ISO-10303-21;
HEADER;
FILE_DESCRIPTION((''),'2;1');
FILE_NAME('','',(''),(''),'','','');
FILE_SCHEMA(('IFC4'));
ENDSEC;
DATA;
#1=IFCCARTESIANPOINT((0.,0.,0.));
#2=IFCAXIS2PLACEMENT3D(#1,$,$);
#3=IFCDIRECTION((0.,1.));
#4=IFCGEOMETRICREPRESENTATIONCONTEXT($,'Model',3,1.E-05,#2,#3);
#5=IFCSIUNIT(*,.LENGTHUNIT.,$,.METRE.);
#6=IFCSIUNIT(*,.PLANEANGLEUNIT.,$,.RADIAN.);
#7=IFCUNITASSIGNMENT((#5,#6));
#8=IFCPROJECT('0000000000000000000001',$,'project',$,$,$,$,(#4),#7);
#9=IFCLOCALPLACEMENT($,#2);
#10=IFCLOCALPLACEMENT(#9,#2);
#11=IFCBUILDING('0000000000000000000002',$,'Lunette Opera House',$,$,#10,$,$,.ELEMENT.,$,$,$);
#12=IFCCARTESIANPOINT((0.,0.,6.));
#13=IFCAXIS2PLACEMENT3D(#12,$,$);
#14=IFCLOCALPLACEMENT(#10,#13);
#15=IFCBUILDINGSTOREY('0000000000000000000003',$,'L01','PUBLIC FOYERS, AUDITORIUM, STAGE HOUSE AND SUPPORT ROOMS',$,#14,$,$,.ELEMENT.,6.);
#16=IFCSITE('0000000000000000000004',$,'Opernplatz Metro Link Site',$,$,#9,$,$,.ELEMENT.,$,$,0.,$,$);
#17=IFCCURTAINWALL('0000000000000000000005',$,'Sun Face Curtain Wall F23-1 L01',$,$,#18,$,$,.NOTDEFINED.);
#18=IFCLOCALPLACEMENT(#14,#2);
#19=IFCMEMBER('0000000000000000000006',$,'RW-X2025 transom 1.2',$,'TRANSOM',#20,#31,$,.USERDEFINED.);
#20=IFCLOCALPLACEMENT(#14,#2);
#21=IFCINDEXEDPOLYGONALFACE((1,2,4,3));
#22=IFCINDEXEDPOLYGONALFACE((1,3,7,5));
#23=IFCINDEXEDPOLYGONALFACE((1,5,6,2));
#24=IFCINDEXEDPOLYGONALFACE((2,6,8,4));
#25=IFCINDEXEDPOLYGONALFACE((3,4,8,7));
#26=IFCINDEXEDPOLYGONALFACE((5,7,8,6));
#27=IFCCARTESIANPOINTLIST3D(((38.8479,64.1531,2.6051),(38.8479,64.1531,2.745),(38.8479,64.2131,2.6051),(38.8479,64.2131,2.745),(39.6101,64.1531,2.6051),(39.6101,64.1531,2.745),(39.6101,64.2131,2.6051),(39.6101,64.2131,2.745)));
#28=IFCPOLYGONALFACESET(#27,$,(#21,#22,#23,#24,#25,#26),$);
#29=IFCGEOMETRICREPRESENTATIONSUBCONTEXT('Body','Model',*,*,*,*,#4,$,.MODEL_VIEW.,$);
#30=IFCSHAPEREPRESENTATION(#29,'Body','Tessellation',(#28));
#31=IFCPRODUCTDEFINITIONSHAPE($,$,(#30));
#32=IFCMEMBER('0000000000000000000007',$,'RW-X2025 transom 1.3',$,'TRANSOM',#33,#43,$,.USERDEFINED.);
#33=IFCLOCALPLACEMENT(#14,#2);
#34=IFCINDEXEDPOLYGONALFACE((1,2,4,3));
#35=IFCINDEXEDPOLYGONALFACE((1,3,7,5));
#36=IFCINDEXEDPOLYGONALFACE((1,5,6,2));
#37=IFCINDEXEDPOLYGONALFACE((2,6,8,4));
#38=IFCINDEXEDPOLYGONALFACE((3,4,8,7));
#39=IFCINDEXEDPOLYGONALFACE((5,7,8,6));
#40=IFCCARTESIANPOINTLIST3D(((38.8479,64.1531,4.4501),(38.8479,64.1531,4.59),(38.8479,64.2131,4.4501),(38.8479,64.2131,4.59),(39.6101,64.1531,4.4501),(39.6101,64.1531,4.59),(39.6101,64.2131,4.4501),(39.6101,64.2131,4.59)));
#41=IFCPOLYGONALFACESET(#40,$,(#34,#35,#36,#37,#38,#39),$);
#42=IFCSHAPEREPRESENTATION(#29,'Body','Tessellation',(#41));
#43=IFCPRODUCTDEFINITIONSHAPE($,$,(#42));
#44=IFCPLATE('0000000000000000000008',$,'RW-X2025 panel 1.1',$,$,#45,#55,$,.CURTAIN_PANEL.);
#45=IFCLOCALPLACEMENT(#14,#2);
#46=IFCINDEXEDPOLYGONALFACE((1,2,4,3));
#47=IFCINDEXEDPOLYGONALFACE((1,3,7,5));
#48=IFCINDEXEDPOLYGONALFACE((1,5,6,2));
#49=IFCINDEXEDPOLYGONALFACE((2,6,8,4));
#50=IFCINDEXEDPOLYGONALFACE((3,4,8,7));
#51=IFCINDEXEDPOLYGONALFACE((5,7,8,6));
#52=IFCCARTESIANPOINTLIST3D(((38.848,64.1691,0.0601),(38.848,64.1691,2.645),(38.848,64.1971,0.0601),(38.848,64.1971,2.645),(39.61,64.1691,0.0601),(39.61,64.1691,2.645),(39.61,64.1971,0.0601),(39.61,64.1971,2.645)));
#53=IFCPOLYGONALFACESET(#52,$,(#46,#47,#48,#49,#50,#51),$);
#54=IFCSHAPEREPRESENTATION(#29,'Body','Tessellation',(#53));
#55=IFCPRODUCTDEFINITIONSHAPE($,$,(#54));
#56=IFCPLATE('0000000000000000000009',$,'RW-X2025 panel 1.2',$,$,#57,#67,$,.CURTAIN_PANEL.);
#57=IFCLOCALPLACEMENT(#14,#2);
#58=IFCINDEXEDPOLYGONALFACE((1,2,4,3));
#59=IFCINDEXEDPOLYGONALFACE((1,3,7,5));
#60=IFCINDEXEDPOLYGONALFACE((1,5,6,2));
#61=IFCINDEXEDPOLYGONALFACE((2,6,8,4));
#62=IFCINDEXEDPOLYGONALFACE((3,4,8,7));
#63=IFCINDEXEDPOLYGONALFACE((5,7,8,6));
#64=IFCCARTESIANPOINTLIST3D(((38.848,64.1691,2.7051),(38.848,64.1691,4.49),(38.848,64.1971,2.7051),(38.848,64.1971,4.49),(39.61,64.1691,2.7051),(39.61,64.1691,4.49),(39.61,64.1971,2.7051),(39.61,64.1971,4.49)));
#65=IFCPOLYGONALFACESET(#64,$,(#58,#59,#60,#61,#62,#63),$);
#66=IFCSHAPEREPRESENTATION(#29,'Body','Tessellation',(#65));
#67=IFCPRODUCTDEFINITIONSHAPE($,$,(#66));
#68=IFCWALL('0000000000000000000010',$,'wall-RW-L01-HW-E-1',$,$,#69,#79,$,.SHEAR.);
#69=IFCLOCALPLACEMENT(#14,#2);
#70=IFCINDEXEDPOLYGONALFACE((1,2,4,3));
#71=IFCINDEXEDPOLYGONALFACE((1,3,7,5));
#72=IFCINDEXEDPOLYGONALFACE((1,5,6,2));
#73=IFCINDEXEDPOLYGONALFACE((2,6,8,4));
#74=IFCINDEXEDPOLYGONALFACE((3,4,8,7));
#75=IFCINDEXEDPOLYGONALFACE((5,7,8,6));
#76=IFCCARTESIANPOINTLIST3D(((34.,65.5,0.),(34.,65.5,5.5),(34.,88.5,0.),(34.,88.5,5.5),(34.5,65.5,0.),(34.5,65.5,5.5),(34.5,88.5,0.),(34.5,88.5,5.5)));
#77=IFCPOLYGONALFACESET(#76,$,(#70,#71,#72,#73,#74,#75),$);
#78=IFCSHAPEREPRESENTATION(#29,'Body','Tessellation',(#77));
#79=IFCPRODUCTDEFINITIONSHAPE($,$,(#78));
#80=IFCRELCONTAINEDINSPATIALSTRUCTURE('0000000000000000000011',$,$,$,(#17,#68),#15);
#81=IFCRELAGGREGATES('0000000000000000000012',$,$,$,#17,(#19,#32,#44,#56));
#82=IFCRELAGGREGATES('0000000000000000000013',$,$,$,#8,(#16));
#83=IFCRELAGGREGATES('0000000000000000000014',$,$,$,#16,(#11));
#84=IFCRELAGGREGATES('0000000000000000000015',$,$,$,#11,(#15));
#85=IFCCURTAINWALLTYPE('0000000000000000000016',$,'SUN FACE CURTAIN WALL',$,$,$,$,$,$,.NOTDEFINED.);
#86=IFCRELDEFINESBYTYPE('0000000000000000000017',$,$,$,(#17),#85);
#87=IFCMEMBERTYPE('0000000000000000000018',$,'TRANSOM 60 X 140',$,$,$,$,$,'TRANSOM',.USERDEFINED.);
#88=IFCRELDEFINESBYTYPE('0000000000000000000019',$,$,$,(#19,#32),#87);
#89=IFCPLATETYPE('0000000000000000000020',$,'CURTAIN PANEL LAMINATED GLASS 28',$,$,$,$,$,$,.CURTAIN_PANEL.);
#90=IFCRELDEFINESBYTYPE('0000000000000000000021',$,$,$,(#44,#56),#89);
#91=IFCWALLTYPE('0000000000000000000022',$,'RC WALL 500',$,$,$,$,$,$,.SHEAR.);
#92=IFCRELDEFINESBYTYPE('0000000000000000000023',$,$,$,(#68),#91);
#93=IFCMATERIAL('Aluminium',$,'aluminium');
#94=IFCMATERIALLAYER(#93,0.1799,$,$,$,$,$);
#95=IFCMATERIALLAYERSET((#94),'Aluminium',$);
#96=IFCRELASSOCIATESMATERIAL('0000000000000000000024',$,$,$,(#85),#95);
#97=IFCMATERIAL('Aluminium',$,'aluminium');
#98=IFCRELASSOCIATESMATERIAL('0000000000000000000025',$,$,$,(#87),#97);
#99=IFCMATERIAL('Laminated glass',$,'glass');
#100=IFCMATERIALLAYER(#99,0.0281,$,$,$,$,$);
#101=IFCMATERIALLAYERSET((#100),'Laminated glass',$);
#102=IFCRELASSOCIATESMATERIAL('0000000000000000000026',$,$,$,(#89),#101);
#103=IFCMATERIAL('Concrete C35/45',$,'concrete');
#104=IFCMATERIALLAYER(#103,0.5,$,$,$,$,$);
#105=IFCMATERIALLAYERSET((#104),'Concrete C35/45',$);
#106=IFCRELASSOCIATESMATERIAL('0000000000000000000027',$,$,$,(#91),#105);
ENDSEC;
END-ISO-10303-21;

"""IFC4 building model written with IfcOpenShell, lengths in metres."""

from ifc_helpers import new_model, si_unit, direction, frame, frame_2d, origin, origin_2d, place, context, subcontext, project, spatial, rectangle, extrude, material, layer, layer_set, material_profile, profile_set, type_object, element, aggregate, save


model = new_model("IFC4")

# Units and contexts
model_context = context("Model", 3, precision=1e-05, world=origin(), true_north=direction((0.0, 1.0)))
body_context = subcontext(model_context, "Body", "Model", "MODEL_VIEW")
ifc_project = project(units=[si_unit("LENGTHUNIT", "METRE"), si_unit("PLANEANGLEUNIT", "RADIAN")], contexts=[model_context])

# Site, building, storey
site_placement = place(None, origin())
site = spatial("IfcSite", under=ifc_project, at=site_placement, Name="Opernplatz Metro Link Site", CompositionType="ELEMENT", RefElevation=0.0)
building_placement = place(site_placement, origin())
building = spatial("IfcBuilding", under=site, at=building_placement, Name="Lunette Opera House", CompositionType="ELEMENT")
storey_placement = place(building_placement, frame((0.0, 0.0, 6.0)))
storey = spatial("IfcBuildingStorey", under=building, at=storey_placement, Name="L01", Description="PUBLIC FOYERS, AUDITORIUM, STAGE HOUSE AND SUPPORT ROOMS", CompositionType="ELEMENT", Elevation=6.0)

# Curtain wall
ifc_material_1 = material(Name="Aluminium", Category="aluminium")
ifc_layer_1 = layer(ifc_material_1, 0.1799)
ifc_layer_set_1 = layer_set([ifc_layer_1], Name="Aluminium")
curtain_wall_type = type_object("IfcCurtainWallType", Name="SUN FACE CURTAIN WALL", PredefinedType="NOTDEFINED", material=ifc_layer_set_1)
curtain_wall_placement = place(storey_placement, origin())
curtain_wall = element("IfcCurtainWall", 1, at=curtain_wall_placement, inside=storey, type_object=curtain_wall_type, Name="Sun Face Curtain Wall F23-1 L01", PredefinedType="NOTDEFINED")

# Members
ifc_material_2 = material(Name="Aluminium", Category="aluminium")
ifc_material_profile_1 = material_profile(ifc_material_2, rectangle(XDim=0.0601, YDim=0.1399, at=origin_2d()), Name="TRANSOM 60 X 140")
ifc_profile_set_1 = profile_set([ifc_material_profile_1], Name="Aluminium")
member_type_1 = type_object("IfcMemberType", Name="TRANSOM 60 X 140", ElementType="TRANSOM", PredefinedType="USERDEFINED", material=ifc_profile_set_1)
member_1_placement = place(storey_placement, frame((38.8479, 64.1831, 2.675), z_axis=(1.0, 0.0, 0.0), x_axis=(0.0, 1.0, 0.0)))
member_1 = element("IfcMember", 2, at=member_1_placement, type_object=member_type_1, Name="RW-X2025 transom 1.2", ObjectType="TRANSOM", PredefinedType="USERDEFINED", context=body_context, shape_type="SweptSolid", body=[
    extrude(rectangle(XDim=0.0601, YDim=0.1399, at=origin_2d()), origin(), (0.0, 0.0, 1.0), 0.7622),
])
member_2_placement = place(storey_placement, frame((38.8479, 64.1831, 4.52), z_axis=(1.0, 0.0, 0.0), x_axis=(0.0, 1.0, 0.0)))
member_2 = element("IfcMember", 3, at=member_2_placement, type_object=member_type_1, Name="RW-X2025 transom 1.3", ObjectType="TRANSOM", PredefinedType="USERDEFINED", context=body_context, shape_type="SweptSolid", body=[
    extrude(rectangle(XDim=0.0601, YDim=0.1399, at=origin_2d()), origin(), (0.0, 0.0, 1.0), 0.7622),
])

# Plates
ifc_material_3 = material(Name="Laminated glass", Category="glass")
ifc_layer_2 = layer(ifc_material_3, 0.0281)
ifc_layer_set_2 = layer_set([ifc_layer_2], Name="Laminated glass")
plate_type = type_object("IfcPlateType", Name="CURTAIN PANEL LAMINATED GLASS 28", PredefinedType="CURTAIN_PANEL", material=ifc_layer_set_2)
plate_1_placement = place(storey_placement, frame((39.229, 64.1831, 0.0601), z_axis=(0.0, 0.0, 1.0), x_axis=(1.0, 0.0, 0.0)))
plate_1 = element("IfcPlate", 4, at=plate_1_placement, type_object=plate_type, Name="RW-X2025 panel 1.1", PredefinedType="CURTAIN_PANEL", context=body_context, shape_type="SweptSolid", body=[
    extrude(rectangle(XDim=0.762, YDim=0.0281, at=origin_2d()), origin(), (0.0, 0.0, 1.0), 2.585),
])
plate_2_placement = place(storey_placement, frame((39.229, 64.1831, 2.7051), z_axis=(0.0, 0.0, 1.0), x_axis=(1.0, 0.0, 0.0)))
plate_2 = element("IfcPlate", 5, at=plate_2_placement, type_object=plate_type, Name="RW-X2025 panel 1.2", PredefinedType="CURTAIN_PANEL", context=body_context, shape_type="SweptSolid", body=[
    extrude(rectangle(XDim=0.762, YDim=0.0281, at=origin_2d()), origin(), (0.0, 0.0, 1.0), 1.7849),
])
aggregate(curtain_wall, [member_1, member_2, plate_1, plate_2])

# Wall
ifc_material_4 = material(Name="Concrete C35/45", Category="concrete")
ifc_layer_3 = layer(ifc_material_4, 0.5)
ifc_layer_set_3 = layer_set([ifc_layer_3], Name="Concrete C35/45")
wall_type = type_object("IfcWallType", Name="RC WALL 500", PredefinedType="SHEAR", material=ifc_layer_set_3)
wall_placement = place(storey_placement, frame((34.25, 65.5, 0.0), z_axis=(0.0, 0.0, 1.0), x_axis=(0.0, 1.0, 0.0)))
element("IfcWall", 6, at=wall_placement, inside=storey, type_object=wall_type, Name="wall-RW-L01-HW-E-1", PredefinedType="SHEAR", context=body_context, shape_type="SweptSolid", body=[
    extrude(rectangle(XDim=23.0, YDim=0.5, at=frame_2d((11.5, 0.0))), origin(), (0.0, 0.0, 1.0), 5.5),
])

save(model, "model.ifc")
